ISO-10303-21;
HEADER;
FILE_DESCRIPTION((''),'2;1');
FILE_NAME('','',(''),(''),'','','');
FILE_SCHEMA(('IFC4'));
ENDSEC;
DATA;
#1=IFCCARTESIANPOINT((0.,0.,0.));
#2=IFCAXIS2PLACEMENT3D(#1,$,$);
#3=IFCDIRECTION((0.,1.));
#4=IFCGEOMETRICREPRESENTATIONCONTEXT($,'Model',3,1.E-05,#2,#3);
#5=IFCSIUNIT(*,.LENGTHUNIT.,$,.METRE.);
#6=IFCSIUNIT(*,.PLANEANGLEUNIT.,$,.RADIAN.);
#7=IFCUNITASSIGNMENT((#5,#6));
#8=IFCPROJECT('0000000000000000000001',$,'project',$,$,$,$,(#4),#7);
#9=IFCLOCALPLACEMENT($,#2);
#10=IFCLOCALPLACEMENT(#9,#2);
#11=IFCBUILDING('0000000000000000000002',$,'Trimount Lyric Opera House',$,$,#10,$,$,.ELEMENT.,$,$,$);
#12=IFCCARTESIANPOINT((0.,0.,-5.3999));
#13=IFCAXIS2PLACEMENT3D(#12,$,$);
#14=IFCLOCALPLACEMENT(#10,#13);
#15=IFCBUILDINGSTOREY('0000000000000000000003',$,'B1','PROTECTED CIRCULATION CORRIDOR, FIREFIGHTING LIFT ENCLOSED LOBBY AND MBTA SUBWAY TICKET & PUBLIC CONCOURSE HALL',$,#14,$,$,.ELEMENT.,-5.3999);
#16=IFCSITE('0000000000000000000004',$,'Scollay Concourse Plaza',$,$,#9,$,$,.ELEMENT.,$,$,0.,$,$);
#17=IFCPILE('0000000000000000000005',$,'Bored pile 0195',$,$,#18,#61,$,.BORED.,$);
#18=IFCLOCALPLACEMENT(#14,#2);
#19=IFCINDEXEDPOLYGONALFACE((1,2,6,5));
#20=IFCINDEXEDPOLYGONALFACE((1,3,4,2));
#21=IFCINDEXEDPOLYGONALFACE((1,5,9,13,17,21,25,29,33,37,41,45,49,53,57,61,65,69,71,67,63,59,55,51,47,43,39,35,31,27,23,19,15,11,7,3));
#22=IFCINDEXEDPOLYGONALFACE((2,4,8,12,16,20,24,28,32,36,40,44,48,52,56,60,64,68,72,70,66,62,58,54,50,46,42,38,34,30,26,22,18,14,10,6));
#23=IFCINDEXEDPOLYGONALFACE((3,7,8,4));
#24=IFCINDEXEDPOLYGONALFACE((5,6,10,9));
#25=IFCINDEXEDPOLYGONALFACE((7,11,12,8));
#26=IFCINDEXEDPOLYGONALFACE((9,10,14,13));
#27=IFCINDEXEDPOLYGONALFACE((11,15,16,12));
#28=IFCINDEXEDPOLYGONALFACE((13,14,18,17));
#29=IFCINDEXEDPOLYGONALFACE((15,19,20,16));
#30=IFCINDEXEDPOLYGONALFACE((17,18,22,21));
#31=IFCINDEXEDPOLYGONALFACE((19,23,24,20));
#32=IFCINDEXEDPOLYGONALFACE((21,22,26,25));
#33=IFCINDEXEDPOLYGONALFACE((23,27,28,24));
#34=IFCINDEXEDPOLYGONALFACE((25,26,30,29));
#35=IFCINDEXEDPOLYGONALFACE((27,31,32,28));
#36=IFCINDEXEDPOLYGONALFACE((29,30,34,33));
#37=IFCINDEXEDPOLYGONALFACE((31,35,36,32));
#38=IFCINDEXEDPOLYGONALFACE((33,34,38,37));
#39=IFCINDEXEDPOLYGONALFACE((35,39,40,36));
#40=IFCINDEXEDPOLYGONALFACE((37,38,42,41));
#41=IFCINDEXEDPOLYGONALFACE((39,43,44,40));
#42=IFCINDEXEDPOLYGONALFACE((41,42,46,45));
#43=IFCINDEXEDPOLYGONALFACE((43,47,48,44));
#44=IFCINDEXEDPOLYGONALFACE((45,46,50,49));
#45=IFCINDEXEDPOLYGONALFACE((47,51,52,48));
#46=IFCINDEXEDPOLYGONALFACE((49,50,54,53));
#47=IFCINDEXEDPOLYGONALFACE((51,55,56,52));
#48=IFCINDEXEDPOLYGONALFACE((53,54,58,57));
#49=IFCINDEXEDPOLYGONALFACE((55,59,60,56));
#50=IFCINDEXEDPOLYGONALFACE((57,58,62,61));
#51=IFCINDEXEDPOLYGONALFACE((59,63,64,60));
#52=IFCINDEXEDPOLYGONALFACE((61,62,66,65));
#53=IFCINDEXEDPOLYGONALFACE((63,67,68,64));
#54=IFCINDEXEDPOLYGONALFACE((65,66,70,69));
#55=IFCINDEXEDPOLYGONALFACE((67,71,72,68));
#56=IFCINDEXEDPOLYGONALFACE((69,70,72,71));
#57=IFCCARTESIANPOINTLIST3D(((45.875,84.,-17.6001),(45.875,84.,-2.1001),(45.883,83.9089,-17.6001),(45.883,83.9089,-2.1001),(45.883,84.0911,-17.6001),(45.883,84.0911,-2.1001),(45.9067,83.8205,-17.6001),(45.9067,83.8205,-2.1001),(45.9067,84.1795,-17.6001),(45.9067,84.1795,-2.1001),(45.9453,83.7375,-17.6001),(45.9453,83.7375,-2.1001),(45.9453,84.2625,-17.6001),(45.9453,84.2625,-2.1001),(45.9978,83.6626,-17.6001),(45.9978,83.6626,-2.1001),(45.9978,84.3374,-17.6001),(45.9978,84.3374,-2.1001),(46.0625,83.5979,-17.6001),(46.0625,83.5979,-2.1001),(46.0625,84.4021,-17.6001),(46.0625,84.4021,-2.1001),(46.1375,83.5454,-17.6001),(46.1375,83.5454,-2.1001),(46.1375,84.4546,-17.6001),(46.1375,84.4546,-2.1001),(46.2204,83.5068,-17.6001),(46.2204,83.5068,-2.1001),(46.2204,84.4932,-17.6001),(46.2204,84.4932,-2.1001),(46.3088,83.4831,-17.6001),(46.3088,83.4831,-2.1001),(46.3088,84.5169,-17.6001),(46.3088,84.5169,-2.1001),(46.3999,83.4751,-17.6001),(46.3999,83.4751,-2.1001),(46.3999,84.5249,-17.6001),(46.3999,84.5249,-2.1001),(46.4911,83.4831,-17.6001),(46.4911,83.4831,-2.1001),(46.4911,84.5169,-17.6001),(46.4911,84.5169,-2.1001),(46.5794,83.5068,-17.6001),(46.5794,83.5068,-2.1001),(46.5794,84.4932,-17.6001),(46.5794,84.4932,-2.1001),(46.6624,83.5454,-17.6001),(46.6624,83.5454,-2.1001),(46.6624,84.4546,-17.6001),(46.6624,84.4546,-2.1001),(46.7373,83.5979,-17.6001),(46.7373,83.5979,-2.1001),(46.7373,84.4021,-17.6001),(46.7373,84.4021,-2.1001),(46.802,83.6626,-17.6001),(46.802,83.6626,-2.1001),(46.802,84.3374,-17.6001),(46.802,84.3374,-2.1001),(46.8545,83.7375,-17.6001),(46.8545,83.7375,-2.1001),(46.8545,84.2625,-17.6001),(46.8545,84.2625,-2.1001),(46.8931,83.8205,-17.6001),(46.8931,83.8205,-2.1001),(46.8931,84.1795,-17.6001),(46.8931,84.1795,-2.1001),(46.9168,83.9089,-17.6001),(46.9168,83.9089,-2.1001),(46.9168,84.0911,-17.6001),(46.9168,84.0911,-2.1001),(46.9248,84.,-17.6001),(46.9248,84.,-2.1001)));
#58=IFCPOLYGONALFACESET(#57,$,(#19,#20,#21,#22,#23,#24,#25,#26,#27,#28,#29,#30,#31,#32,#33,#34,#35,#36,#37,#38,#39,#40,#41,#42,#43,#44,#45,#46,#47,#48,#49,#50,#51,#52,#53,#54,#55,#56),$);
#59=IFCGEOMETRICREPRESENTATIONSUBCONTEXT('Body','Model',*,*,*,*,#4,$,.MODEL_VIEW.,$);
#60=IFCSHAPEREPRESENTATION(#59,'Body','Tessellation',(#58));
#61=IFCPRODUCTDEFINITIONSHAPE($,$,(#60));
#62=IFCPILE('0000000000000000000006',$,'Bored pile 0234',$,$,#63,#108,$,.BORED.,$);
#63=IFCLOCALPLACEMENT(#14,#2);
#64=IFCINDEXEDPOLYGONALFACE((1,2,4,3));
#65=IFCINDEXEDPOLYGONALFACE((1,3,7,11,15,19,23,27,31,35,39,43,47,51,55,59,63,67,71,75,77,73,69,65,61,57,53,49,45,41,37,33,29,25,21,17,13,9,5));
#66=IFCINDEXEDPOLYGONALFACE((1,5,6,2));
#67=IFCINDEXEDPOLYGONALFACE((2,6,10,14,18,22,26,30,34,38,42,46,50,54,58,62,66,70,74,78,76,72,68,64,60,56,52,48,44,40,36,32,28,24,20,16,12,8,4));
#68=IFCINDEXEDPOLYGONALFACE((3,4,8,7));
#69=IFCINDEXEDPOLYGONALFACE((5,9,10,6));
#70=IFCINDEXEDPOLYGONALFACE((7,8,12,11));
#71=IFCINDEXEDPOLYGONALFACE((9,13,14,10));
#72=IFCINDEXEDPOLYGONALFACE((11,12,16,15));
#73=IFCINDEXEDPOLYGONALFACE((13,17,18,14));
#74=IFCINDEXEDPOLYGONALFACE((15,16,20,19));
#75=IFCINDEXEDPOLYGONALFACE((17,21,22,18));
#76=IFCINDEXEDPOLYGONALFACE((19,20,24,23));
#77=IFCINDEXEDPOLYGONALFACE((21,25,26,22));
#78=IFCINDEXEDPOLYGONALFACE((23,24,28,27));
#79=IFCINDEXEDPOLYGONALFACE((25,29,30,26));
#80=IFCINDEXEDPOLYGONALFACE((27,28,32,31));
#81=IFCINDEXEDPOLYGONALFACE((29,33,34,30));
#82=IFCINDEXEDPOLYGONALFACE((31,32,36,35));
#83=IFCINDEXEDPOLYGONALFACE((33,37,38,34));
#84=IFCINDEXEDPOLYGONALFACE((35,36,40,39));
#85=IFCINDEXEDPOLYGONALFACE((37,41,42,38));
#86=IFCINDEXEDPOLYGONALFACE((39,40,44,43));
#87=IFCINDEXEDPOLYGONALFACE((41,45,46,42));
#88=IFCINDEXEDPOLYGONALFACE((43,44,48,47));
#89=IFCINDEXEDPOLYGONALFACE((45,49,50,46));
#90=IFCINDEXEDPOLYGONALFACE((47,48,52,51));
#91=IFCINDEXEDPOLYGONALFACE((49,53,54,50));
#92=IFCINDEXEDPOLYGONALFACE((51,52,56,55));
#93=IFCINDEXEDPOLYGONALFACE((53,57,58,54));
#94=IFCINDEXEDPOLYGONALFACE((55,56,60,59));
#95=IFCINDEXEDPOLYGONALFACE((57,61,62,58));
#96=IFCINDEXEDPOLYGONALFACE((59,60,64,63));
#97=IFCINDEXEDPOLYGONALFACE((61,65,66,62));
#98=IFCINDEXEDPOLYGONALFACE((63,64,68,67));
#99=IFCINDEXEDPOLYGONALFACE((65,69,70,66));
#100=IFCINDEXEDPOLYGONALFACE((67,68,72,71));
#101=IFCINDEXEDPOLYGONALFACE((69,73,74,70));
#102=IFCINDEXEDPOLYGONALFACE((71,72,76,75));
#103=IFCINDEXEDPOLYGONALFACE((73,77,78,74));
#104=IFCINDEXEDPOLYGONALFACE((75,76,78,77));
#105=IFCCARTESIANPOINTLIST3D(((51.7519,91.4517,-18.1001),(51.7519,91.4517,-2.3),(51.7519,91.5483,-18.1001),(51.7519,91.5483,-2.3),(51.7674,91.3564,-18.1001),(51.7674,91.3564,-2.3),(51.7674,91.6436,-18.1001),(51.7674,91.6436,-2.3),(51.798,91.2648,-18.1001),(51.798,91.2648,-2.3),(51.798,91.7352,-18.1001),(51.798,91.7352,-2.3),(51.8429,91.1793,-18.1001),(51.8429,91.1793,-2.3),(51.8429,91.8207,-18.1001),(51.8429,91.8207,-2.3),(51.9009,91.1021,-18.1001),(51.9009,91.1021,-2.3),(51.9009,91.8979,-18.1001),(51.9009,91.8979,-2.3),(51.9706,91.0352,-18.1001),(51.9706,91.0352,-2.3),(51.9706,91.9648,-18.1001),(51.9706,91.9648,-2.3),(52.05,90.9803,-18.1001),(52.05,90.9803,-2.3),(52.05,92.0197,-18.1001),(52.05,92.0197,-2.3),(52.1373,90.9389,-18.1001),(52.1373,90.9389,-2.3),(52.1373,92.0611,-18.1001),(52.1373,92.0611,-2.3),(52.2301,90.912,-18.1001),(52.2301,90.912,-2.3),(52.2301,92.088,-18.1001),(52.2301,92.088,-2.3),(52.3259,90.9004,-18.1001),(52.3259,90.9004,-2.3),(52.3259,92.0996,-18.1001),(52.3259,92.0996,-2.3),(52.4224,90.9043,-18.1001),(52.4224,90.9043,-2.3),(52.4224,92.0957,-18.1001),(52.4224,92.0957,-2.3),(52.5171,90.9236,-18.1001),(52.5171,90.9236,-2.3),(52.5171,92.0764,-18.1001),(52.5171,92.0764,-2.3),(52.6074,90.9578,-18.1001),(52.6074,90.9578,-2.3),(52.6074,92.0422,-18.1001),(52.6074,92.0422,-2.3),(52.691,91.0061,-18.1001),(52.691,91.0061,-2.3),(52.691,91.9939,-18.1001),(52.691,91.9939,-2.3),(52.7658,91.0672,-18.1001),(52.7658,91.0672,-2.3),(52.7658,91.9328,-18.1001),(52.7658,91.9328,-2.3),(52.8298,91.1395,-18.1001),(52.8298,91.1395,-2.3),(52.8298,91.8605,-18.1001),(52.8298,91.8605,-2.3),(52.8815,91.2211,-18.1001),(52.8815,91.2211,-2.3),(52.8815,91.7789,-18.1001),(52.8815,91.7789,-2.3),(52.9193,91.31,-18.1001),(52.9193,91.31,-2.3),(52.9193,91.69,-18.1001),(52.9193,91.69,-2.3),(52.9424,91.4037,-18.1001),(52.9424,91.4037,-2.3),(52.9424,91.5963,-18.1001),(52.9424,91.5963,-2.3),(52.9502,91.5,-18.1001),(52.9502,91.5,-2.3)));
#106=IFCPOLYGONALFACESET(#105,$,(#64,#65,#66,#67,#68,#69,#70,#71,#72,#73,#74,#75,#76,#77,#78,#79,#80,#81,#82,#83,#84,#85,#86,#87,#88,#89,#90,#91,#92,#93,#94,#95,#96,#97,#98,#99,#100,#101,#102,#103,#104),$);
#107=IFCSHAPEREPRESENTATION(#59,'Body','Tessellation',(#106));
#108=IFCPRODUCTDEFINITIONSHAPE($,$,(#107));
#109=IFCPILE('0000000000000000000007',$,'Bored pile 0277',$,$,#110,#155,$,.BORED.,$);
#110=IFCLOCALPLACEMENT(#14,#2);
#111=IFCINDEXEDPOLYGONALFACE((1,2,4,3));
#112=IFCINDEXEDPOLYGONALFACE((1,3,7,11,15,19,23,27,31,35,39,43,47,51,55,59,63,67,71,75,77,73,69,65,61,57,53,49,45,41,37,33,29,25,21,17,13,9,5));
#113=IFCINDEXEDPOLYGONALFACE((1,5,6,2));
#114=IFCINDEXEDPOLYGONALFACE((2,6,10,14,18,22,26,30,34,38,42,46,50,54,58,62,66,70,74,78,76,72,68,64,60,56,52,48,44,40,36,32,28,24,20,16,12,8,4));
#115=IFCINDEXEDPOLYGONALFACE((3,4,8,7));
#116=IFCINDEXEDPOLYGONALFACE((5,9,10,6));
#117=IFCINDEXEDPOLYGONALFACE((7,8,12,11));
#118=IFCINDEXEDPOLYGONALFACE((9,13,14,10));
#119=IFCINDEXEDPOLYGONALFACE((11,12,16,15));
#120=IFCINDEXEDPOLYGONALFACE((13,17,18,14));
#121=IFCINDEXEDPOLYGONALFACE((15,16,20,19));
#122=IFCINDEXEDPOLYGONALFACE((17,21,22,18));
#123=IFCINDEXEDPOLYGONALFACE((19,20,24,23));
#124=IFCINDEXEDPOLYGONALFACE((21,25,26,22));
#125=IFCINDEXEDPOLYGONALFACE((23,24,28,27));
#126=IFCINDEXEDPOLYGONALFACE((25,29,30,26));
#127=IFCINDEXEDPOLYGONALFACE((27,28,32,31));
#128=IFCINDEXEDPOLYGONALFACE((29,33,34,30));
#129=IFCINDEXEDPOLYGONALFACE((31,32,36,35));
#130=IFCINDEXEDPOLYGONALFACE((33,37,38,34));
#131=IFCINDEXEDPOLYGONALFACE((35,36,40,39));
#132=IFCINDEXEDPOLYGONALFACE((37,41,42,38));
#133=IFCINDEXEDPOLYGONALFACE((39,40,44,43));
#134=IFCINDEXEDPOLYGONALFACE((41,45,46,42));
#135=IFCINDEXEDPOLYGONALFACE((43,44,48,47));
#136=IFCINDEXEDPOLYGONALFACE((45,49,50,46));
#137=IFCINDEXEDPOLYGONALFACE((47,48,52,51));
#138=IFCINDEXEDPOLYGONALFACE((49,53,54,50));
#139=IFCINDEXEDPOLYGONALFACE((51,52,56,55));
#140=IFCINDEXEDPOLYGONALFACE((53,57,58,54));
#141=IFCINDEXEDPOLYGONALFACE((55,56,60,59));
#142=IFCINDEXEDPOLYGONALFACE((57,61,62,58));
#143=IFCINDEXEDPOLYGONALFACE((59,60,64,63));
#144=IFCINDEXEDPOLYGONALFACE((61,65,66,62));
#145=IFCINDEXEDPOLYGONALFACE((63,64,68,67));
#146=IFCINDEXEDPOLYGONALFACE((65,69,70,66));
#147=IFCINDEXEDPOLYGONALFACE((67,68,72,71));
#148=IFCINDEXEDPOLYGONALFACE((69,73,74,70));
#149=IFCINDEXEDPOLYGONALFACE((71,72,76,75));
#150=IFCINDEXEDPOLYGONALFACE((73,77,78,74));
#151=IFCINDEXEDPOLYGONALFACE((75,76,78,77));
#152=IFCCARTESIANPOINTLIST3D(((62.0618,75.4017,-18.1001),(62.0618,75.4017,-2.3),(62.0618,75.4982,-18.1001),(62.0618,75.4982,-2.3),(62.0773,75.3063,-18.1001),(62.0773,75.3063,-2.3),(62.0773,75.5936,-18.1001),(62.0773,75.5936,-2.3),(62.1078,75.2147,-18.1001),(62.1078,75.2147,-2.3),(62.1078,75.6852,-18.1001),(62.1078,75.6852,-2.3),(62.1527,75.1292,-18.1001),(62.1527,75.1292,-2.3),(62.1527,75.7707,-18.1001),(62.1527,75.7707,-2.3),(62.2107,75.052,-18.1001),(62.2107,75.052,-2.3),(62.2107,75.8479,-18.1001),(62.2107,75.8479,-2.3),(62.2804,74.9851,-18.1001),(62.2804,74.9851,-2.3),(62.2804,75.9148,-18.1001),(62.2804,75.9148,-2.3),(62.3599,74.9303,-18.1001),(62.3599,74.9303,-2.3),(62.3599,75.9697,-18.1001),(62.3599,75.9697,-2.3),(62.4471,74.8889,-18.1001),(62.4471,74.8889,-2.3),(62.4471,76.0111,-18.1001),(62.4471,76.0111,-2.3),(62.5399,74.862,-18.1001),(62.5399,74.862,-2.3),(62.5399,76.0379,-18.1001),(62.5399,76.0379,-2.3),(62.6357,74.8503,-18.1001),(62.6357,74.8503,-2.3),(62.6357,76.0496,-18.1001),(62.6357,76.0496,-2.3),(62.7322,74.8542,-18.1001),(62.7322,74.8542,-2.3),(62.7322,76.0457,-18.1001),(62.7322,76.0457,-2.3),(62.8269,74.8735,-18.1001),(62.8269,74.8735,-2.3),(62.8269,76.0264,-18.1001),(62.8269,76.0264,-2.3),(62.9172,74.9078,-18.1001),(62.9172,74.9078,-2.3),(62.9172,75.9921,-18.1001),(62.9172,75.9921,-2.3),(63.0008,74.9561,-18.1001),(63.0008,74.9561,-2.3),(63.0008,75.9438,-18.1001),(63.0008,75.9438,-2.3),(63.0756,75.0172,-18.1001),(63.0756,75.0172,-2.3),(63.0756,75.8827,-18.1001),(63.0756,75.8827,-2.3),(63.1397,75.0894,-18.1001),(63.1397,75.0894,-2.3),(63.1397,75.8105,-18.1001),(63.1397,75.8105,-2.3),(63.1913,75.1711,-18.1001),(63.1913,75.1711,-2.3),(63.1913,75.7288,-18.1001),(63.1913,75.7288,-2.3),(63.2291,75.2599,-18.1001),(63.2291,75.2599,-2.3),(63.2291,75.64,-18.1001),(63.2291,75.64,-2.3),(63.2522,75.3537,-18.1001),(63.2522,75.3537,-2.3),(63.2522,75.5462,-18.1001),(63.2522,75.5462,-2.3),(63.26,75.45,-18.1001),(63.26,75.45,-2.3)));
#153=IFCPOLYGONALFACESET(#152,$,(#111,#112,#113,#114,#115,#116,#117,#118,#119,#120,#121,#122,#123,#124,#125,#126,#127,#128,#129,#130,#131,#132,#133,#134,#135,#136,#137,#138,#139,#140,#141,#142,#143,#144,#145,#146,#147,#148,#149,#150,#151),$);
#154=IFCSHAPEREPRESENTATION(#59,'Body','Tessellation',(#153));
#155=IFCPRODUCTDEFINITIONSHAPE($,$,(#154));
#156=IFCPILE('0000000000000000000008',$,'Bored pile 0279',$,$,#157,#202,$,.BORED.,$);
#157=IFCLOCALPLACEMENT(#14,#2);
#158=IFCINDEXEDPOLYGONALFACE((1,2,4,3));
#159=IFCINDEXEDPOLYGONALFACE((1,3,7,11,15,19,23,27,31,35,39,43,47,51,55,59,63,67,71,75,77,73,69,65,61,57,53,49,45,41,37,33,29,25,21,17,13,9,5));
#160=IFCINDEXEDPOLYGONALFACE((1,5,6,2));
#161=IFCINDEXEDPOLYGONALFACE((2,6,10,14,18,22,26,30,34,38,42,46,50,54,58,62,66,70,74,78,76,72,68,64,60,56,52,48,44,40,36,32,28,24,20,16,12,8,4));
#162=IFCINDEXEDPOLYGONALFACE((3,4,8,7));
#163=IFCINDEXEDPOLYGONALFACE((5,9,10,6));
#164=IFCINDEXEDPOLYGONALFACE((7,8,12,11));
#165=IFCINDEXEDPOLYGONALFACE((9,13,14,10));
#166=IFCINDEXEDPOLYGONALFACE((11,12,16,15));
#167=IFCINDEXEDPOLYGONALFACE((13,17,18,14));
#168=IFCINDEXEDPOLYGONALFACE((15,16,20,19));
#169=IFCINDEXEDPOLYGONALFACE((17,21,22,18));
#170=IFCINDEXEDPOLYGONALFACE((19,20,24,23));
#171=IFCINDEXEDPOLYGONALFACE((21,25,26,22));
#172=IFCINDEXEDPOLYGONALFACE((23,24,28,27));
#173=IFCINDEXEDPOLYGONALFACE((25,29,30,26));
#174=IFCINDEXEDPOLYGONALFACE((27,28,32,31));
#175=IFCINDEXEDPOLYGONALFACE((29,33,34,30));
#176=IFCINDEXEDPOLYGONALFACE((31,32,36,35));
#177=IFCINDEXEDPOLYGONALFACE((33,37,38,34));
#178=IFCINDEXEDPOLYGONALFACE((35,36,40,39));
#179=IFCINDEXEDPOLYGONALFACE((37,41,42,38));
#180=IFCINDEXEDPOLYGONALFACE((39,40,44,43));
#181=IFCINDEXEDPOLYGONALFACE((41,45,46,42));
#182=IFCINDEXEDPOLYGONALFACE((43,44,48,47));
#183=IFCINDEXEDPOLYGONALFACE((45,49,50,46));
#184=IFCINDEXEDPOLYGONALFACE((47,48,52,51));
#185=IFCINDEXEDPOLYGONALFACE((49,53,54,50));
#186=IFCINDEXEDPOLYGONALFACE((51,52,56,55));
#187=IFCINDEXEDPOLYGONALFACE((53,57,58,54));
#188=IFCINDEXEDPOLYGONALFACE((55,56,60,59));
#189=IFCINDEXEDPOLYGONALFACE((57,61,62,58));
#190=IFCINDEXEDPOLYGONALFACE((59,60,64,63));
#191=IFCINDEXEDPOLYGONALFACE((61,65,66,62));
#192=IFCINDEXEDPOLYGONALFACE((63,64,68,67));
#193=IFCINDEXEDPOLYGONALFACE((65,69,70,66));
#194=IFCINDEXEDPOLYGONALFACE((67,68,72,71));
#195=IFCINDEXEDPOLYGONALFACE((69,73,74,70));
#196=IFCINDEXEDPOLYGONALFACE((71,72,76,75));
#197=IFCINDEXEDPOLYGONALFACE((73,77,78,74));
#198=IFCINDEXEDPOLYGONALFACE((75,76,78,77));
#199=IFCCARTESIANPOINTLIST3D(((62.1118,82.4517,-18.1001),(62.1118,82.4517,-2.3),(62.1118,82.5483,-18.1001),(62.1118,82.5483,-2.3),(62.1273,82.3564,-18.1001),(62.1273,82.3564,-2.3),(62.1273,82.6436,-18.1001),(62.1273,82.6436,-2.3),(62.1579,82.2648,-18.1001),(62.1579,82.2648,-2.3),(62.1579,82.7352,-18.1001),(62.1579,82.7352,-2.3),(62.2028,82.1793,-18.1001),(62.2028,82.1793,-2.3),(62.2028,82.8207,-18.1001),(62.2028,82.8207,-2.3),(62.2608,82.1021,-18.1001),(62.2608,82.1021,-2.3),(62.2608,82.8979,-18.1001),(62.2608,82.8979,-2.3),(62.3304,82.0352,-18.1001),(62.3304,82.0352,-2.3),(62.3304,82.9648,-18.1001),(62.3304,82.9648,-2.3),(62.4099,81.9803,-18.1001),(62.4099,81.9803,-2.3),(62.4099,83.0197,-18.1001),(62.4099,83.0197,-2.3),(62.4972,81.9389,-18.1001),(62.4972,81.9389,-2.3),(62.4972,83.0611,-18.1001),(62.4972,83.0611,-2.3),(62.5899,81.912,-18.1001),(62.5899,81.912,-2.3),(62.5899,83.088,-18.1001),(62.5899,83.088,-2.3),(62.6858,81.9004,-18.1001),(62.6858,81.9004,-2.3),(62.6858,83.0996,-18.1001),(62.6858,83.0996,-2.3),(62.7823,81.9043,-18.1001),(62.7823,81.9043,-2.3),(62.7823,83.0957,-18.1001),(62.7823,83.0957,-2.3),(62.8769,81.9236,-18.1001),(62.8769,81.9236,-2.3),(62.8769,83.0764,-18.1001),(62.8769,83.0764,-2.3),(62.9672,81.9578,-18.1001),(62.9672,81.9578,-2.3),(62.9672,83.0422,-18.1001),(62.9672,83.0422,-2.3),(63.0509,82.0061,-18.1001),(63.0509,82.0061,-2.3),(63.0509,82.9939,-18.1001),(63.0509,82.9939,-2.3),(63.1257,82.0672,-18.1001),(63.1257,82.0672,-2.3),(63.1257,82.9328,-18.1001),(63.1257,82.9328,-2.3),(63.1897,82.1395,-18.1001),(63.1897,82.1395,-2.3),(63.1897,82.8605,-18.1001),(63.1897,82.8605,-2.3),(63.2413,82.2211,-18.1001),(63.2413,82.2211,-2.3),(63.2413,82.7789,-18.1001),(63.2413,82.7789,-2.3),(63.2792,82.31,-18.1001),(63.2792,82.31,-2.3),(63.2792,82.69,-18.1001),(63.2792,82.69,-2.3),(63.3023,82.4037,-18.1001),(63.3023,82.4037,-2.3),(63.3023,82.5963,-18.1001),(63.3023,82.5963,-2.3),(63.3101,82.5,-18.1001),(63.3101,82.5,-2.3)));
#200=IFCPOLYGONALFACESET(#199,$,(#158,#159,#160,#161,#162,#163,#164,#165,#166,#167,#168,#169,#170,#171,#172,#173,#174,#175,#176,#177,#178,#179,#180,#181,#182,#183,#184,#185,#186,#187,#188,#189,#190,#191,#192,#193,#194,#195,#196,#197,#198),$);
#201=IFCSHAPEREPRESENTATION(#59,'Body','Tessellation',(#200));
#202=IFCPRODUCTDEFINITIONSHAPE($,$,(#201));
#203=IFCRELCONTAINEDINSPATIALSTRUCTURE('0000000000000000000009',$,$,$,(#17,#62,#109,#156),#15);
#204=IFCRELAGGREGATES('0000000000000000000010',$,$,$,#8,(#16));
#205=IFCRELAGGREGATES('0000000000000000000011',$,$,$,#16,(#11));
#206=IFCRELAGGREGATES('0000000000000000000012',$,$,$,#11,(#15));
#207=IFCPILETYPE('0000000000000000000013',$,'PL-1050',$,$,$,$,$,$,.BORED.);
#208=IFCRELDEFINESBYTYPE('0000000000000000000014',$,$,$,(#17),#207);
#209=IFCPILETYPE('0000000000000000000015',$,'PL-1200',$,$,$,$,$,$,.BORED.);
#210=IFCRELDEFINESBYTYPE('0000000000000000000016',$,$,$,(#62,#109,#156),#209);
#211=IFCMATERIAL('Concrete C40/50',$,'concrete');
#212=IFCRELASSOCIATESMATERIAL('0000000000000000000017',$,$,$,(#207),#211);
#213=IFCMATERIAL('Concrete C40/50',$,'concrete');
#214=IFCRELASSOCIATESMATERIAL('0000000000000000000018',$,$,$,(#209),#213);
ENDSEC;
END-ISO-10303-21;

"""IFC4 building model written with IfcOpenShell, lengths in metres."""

from ifc_helpers import new_model, si_unit, direction, frame, origin, origin_2d, place, context, subcontext, project, spatial, circle, extrude, material, material_profile, profile_set, type_object, element, save


model = new_model("IFC4")

# Units and contexts
model_context = context("Model", 3, precision=1e-05, world=origin(), true_north=direction((0.0, 1.0)))
body_context = subcontext(model_context, "Body", "Model", "MODEL_VIEW")
ifc_project = project(units=[si_unit("LENGTHUNIT", "METRE"), si_unit("PLANEANGLEUNIT", "RADIAN")], contexts=[model_context])

# Site, building, storey
site_placement = place(None, origin())
site = spatial("IfcSite", under=ifc_project, at=site_placement, Name="Scollay Concourse Plaza", CompositionType="ELEMENT", RefElevation=0.0)
building_placement = place(site_placement, origin())
building = spatial("IfcBuilding", under=site, at=building_placement, Name="Trimount Lyric Opera House", CompositionType="ELEMENT")
storey_placement = place(building_placement, frame((0.0, 0.0, -5.3999)))
storey = spatial("IfcBuildingStorey", under=building, at=storey_placement, Name="B1", Description="PROTECTED CIRCULATION CORRIDOR, FIREFIGHTING LIFT ENCLOSED LOBBY AND MBTA SUBWAY TICKET & PUBLIC CONCOURSE HALL", CompositionType="ELEMENT", Elevation=-5.3999)

# Piles
ifc_material_1 = material(Name="Concrete C40/50", Category="concrete")
ifc_material_profile_1 = material_profile(ifc_material_1, circle(Radius=0.5249, at=origin_2d()), Name="PILE-D1050")
ifc_profile_set_1 = profile_set([ifc_material_profile_1], Name="Concrete C40/50")
pile_type_1 = type_object("IfcPileType", Name="PL-1050", PredefinedType="BORED", material=ifc_profile_set_1)
for number, where, z_axis, x_axis, name in (
    (1, (46.3999, 84.0, -2.1001), (0.0, 0.0, -1.0), (1.0, 0.0, 0.0), "Bored pile 0195"),
):
    element("IfcPile", number, at=place(storey_placement, frame(where, z_axis=z_axis, x_axis=x_axis)), inside=storey, type_object=pile_type_1, Name=name, PredefinedType="BORED", context=body_context, shape_type="SweptSolid", body=[
        extrude(circle(Radius=0.5249, at=origin_2d()), origin(), (0.0, 0.0, 1.0), 15.5),
    ])
ifc_material_2 = material(Name="Concrete C40/50", Category="concrete")
ifc_material_profile_2 = material_profile(ifc_material_2, circle(Radius=0.6001, at=origin_2d()), Name="PILE-D1200")
ifc_profile_set_2 = profile_set([ifc_material_profile_2], Name="Concrete C40/50")
pile_type_2 = type_object("IfcPileType", Name="PL-1200", PredefinedType="BORED", material=ifc_profile_set_2)
for number, where, z_axis, x_axis, name in (
    (2, (52.3501, 91.5, -2.3), (0.0, 0.0, -1.0), (1.0, 0.0, 0.0), "Bored pile 0234"),
    (3, (62.6599, 75.45, -2.3), (0.0, 0.0, -1.0), (1.0, 0.0, 0.0), "Bored pile 0277"),
    (4, (62.71, 82.5, -2.3), (0.0, 0.0, -1.0), (1.0, 0.0, 0.0), "Bored pile 0279"),
):
    element("IfcPile", number, at=place(storey_placement, frame(where, z_axis=z_axis, x_axis=x_axis)), inside=storey, type_object=pile_type_2, Name=name, PredefinedType="BORED", context=body_context, shape_type="SweptSolid", body=[
        extrude(circle(Radius=0.6001, at=origin_2d()), origin(), (0.0, 0.0, 1.0), 15.8),
    ])

save(model, "model.ifc")
